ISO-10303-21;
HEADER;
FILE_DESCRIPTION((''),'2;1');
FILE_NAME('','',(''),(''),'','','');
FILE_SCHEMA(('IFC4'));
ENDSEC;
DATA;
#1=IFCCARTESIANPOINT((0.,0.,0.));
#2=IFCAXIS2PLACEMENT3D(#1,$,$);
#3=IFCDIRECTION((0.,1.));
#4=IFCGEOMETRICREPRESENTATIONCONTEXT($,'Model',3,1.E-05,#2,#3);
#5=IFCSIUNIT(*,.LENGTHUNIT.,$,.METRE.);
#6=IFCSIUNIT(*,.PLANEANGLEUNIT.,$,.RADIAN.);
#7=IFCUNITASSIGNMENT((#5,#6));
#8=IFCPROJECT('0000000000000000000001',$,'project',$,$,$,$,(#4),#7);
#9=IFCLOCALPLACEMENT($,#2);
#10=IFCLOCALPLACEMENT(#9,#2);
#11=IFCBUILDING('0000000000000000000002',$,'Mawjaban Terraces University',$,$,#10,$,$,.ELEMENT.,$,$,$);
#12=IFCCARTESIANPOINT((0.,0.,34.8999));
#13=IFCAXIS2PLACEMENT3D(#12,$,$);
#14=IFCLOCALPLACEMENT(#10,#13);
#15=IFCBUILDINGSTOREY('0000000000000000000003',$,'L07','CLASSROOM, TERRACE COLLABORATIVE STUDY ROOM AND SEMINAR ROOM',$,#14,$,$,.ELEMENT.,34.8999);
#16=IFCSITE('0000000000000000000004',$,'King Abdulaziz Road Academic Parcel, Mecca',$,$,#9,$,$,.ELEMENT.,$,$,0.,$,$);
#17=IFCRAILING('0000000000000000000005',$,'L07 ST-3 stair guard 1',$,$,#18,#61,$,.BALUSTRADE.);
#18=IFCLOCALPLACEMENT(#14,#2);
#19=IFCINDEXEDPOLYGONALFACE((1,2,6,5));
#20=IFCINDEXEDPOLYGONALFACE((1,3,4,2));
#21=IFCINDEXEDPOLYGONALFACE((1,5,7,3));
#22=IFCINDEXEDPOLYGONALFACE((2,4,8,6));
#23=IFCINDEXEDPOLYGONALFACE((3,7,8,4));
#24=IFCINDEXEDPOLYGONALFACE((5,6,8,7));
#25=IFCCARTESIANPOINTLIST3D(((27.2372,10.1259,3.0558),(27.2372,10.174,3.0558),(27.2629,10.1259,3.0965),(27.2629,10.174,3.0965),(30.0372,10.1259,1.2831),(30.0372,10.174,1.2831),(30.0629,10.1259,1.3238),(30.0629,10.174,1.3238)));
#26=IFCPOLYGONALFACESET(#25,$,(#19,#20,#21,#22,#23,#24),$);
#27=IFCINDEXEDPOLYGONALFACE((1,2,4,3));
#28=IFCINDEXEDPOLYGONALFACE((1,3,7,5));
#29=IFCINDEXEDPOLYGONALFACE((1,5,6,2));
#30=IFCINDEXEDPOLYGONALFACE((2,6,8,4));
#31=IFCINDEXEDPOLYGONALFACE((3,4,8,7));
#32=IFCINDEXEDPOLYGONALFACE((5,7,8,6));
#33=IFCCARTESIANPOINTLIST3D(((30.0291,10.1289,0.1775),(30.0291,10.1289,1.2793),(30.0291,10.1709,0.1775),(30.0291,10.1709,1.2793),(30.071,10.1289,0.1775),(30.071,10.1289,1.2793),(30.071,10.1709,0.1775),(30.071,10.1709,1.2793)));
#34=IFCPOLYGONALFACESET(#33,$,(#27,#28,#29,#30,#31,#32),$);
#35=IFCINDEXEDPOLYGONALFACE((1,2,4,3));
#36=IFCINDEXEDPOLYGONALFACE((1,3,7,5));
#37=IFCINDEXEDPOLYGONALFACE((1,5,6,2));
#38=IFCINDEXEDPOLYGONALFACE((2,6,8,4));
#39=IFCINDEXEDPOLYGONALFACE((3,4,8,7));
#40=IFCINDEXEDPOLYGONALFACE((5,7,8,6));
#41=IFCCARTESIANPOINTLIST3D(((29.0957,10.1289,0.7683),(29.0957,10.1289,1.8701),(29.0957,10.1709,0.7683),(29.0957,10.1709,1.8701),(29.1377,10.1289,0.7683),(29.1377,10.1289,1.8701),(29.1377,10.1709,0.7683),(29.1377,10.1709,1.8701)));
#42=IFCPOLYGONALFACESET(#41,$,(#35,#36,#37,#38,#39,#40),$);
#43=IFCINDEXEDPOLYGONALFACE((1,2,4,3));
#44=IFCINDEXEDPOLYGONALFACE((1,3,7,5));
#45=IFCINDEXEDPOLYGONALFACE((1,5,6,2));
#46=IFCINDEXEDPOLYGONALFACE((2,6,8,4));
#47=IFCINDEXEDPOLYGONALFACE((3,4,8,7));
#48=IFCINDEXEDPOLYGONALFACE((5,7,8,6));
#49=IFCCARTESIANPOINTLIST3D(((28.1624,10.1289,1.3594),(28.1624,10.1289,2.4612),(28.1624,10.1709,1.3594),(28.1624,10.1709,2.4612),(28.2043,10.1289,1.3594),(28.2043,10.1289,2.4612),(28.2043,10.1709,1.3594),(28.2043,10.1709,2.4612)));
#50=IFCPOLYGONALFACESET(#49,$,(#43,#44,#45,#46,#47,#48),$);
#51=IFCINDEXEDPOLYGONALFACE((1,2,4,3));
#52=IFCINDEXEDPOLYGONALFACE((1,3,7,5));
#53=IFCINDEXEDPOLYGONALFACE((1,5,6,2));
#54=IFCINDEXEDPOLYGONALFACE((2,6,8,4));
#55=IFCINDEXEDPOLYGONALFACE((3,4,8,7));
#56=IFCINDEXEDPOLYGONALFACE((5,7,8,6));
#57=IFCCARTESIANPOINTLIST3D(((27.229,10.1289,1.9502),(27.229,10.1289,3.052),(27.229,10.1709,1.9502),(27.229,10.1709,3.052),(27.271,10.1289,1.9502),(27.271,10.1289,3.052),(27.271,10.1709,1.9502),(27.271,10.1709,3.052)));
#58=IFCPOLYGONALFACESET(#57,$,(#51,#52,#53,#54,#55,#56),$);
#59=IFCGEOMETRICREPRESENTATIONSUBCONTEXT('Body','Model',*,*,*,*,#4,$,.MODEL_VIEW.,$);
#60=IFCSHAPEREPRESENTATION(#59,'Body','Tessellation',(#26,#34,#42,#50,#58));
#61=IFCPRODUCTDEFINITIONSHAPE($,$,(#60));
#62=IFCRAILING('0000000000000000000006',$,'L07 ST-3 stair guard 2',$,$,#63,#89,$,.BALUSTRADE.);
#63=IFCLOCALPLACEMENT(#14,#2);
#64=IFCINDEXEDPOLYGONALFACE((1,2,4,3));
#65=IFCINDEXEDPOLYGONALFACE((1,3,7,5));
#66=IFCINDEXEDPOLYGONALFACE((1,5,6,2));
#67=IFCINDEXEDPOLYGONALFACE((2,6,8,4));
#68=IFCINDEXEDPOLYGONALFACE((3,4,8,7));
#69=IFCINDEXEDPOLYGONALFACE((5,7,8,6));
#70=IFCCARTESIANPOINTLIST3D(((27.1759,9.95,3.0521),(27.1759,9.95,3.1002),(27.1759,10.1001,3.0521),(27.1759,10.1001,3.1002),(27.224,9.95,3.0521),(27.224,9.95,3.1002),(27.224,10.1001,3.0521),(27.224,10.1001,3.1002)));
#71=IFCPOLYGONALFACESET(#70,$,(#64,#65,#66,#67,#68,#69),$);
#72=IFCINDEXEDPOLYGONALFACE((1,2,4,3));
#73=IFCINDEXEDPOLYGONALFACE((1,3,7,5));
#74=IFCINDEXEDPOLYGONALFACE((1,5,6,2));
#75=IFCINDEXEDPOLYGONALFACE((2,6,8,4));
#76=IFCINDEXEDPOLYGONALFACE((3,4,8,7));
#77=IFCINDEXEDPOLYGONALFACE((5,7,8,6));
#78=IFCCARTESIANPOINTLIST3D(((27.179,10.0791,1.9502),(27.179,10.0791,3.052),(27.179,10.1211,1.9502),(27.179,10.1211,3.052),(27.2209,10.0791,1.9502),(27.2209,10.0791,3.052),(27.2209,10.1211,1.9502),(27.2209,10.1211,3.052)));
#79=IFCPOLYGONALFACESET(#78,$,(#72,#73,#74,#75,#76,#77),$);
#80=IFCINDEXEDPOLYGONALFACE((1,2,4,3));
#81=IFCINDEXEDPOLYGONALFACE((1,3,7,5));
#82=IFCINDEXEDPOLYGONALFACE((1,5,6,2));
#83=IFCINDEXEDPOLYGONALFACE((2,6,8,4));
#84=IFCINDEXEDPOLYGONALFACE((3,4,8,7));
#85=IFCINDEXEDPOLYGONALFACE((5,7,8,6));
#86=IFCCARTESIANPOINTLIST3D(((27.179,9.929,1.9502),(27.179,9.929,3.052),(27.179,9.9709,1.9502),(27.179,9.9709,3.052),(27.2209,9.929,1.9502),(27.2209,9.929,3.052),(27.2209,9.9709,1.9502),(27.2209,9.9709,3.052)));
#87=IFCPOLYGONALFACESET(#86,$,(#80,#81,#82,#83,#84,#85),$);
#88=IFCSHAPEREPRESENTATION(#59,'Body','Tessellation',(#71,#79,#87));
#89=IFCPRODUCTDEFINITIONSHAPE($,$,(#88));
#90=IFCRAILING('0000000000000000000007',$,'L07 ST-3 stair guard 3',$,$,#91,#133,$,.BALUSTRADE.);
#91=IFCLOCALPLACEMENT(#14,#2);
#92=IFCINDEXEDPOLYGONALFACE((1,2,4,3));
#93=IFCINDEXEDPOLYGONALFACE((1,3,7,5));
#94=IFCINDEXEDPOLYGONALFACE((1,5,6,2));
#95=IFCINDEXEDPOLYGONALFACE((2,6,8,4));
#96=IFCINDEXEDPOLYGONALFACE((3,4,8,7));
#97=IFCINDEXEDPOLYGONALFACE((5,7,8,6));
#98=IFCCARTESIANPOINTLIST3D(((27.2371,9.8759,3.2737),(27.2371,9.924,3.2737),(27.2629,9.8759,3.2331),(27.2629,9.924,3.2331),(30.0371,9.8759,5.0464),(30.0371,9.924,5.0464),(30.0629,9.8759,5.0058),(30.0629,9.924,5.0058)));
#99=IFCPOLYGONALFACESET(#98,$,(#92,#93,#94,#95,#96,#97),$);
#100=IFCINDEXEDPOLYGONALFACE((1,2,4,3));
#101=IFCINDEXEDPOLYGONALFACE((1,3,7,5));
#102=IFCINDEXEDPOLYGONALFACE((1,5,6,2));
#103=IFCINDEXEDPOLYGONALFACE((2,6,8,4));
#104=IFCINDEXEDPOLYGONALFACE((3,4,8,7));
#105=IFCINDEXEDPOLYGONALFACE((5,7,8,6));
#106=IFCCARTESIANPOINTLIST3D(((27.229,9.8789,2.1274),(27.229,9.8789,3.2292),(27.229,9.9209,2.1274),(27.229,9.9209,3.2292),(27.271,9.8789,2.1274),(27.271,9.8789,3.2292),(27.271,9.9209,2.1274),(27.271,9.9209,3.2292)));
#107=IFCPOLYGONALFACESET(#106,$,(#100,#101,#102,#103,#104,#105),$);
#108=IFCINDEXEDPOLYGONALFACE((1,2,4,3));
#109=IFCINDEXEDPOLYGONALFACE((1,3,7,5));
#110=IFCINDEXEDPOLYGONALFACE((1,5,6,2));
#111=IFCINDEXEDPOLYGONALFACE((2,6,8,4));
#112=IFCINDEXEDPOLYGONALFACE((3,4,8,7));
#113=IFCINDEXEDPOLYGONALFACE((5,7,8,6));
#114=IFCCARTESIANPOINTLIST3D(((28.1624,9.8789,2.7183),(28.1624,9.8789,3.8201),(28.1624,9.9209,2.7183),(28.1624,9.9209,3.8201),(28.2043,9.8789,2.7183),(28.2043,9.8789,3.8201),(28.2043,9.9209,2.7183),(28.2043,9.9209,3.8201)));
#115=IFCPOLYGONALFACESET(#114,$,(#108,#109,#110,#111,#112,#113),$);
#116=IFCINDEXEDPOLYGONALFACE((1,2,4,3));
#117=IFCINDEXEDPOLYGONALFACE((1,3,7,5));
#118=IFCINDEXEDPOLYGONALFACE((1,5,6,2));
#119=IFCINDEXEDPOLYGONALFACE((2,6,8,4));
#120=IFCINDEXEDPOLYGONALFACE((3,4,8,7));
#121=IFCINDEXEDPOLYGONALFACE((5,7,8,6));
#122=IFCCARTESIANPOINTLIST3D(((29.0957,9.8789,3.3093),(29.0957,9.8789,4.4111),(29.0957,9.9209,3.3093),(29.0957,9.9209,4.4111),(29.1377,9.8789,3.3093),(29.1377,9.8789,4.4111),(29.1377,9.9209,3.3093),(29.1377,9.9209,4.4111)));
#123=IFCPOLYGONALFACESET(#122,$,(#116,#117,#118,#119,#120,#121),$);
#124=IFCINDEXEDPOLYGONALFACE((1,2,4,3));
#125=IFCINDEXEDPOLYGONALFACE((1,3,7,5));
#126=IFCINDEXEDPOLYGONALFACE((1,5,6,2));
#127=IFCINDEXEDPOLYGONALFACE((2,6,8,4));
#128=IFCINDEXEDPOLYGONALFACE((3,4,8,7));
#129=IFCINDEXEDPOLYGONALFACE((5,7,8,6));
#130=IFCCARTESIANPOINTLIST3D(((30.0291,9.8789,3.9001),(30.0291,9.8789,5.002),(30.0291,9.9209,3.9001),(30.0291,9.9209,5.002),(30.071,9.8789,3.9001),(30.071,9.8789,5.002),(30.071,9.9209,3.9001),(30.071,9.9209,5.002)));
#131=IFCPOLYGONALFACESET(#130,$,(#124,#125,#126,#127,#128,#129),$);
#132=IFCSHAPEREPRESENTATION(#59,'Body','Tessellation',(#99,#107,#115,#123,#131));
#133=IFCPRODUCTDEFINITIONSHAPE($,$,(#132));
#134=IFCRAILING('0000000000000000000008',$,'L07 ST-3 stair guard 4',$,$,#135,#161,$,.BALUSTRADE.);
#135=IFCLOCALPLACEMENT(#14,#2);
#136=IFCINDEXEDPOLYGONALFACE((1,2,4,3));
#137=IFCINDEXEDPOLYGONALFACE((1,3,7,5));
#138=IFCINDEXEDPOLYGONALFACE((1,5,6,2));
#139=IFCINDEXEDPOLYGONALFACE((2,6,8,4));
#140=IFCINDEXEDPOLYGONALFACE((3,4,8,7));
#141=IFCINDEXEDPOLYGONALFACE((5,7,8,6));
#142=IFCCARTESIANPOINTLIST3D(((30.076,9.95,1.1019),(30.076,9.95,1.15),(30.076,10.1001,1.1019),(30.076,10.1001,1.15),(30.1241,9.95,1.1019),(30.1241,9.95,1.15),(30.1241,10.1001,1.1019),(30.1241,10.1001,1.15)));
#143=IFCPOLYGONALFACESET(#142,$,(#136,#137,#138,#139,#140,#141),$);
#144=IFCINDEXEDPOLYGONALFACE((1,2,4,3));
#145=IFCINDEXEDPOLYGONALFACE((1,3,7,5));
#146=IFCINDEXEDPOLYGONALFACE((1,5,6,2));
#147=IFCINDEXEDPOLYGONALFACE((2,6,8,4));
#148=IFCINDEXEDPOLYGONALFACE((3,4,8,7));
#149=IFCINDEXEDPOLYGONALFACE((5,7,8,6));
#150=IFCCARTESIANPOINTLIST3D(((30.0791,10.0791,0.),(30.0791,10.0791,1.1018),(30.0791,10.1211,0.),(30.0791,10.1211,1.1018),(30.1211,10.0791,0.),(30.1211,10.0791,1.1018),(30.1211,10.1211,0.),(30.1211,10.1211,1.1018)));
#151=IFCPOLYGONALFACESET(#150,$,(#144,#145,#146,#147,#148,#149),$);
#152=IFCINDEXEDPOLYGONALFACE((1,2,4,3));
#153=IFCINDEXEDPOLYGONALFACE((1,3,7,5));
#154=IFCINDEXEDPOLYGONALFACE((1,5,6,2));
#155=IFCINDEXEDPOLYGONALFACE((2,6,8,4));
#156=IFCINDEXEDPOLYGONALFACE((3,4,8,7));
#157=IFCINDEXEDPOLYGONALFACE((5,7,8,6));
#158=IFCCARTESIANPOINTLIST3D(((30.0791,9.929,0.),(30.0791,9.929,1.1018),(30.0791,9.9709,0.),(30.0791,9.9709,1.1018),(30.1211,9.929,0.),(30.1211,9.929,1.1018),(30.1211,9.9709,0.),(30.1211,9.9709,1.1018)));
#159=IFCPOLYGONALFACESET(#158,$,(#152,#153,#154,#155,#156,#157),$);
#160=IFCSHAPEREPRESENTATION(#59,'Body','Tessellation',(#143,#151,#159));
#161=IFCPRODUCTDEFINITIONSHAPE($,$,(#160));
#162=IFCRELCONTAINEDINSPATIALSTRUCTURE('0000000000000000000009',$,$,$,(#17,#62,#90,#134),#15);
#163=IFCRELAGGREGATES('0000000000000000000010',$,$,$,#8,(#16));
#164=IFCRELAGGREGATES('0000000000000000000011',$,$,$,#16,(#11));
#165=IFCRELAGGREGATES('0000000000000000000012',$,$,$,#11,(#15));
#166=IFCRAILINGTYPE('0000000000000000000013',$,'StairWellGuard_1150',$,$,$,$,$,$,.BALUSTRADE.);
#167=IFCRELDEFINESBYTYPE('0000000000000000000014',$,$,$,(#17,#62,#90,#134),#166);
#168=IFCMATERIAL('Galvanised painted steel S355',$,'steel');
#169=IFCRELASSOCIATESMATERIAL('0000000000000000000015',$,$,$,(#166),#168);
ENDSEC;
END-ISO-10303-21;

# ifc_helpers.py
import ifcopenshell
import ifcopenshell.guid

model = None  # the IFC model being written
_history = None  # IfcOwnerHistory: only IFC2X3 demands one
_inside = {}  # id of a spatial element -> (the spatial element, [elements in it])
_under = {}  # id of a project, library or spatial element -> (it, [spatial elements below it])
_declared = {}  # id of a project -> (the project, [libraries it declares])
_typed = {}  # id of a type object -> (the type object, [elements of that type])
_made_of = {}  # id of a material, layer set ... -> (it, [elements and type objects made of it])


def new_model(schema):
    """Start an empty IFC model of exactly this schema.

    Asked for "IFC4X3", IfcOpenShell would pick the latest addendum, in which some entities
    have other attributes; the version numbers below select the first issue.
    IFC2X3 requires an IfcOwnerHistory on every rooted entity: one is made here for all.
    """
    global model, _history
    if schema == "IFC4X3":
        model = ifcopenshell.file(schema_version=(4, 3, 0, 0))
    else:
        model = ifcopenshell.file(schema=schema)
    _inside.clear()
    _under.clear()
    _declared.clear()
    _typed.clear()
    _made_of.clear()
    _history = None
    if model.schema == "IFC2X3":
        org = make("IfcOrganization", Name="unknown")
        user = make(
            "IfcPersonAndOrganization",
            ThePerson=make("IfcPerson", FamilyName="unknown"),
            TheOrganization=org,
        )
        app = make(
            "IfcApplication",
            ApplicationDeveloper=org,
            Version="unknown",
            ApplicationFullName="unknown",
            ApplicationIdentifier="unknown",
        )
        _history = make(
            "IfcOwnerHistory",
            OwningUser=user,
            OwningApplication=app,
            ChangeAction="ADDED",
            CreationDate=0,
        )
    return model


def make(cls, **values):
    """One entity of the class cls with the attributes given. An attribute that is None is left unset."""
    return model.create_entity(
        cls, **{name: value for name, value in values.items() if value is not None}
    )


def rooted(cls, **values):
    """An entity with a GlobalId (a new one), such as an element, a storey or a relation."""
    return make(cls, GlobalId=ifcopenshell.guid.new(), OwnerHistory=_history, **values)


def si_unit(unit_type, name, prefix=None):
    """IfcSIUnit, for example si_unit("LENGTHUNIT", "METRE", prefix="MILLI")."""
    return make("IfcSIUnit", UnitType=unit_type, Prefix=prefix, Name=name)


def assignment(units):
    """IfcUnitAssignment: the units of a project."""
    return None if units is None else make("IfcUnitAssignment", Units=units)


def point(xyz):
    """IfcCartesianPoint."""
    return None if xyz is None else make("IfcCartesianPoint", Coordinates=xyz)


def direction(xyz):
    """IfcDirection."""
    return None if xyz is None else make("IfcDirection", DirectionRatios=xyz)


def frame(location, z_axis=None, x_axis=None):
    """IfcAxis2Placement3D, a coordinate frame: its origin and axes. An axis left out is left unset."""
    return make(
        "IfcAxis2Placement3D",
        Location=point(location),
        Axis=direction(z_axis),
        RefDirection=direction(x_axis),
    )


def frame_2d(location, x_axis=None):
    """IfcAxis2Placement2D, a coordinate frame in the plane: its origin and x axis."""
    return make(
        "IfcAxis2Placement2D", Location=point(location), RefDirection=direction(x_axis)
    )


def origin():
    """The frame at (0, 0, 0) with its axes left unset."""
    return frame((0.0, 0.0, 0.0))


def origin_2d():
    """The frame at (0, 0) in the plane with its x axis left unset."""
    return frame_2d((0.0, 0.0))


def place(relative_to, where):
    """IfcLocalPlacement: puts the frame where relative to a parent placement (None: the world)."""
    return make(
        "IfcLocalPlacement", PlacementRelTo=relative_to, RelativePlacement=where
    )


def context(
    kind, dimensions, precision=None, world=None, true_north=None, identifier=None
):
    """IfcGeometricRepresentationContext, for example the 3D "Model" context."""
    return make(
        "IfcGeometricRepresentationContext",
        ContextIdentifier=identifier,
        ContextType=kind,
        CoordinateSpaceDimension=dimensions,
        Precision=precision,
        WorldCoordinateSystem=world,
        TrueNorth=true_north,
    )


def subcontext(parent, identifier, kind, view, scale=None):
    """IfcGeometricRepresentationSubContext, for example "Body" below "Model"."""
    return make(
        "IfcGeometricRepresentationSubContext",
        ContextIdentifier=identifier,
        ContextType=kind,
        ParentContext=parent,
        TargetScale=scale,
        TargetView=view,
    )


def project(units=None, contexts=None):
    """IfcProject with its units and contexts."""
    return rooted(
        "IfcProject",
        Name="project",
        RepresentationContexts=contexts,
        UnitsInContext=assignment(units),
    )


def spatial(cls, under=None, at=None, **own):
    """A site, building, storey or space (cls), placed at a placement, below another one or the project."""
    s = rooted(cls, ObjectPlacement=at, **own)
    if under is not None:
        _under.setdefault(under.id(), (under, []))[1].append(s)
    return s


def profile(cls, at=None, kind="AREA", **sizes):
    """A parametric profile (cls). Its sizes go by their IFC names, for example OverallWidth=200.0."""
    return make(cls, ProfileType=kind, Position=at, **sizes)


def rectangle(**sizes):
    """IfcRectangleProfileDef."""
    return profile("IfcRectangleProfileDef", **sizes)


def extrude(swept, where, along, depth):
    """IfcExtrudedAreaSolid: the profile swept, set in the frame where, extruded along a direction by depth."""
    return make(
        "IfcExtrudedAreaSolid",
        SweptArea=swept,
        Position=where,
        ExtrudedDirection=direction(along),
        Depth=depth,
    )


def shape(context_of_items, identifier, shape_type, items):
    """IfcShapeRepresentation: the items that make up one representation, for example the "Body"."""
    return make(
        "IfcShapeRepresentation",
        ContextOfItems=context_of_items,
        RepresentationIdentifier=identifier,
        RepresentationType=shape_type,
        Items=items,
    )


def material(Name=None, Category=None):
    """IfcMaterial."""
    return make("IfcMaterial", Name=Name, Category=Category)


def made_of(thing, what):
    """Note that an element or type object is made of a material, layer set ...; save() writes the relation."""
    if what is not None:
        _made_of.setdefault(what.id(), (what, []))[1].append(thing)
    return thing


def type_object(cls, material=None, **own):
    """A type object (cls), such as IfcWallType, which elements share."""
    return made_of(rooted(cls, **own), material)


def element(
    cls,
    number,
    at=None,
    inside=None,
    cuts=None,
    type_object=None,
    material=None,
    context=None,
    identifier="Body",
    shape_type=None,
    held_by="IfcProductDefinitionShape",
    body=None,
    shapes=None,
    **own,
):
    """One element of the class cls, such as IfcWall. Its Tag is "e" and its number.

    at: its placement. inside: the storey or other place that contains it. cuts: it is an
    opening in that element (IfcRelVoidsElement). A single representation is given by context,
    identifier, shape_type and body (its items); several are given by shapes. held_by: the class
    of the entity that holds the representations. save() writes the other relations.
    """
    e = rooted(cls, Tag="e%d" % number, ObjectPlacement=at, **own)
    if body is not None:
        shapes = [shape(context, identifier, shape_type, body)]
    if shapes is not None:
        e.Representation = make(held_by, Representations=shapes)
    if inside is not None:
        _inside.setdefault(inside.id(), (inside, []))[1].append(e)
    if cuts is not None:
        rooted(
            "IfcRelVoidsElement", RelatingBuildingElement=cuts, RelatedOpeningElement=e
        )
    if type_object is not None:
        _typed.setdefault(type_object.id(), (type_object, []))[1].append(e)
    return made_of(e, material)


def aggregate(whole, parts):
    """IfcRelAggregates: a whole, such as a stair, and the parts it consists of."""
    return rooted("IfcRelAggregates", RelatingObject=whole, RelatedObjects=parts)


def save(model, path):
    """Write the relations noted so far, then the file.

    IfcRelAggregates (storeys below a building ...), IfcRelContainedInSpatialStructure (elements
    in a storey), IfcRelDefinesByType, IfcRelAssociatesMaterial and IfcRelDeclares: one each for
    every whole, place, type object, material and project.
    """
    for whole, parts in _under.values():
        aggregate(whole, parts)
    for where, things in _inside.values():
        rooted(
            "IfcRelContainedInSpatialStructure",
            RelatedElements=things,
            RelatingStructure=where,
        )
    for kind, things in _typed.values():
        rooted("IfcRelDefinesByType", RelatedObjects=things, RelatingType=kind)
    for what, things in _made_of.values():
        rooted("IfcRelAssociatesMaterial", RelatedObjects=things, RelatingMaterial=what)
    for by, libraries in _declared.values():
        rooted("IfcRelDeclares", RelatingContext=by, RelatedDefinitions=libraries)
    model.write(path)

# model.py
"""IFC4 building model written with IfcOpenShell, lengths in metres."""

from ifc_helpers import new_model, si_unit, direction, frame, origin, origin_2d, place, context, subcontext, project, spatial, rectangle, extrude, material, type_object, element, save


model = new_model("IFC4")

# Units and contexts
model_context = context("Model", 3, precision=1e-05, world=origin(), true_north=direction((0.0, 1.0)))
body_context = subcontext(model_context, "Body", "Model", "MODEL_VIEW")
ifc_project = project(units=[si_unit("LENGTHUNIT", "METRE"), si_unit("PLANEANGLEUNIT", "RADIAN")], contexts=[model_context])

# Site, building, storey
site_placement = place(None, origin())
site = spatial("IfcSite", under=ifc_project, at=site_placement, Name="King Abdulaziz Road Academic Parcel, Mecca", CompositionType="ELEMENT", RefElevation=0.0)
building_placement = place(site_placement, origin())
building = spatial("IfcBuilding", under=site, at=building_placement, Name="Mawjaban Terraces University", CompositionType="ELEMENT")
storey_placement = place(building_placement, frame((0.0, 0.0, 34.8999)))
storey = spatial("IfcBuildingStorey", under=building, at=storey_placement, Name="L07", Description="CLASSROOM, TERRACE COLLABORATIVE STUDY ROOM AND SEMINAR ROOM", CompositionType="ELEMENT", Elevation=34.8999)

# Railings
ifc_material_1 = material(Name="Galvanised painted steel S355", Category="steel")
railing_type_1 = type_object("IfcRailingType", Name="StairWellGuard_1150", PredefinedType="BALUSTRADE", material=ifc_material_1)
railing_1_placement = place(storey_placement, frame((30.05, 10.1499, 0.1775)))
element("IfcRailing", 1, at=railing_1_placement, inside=storey, type_object=railing_type_1, Name="L07 ST-3 stair guard 1", PredefinedType="BALUSTRADE", context=body_context, shape_type="SweptSolid", body=[
    extrude(rectangle(XDim=0.0481, YDim=0.0481, at=origin_2d()), frame((0.0, 0.0, 1.126), z_axis=(-0.844909, 0.0, 0.53491), x_axis=(0.0, -1.0, 0.0)), (0.0, 0.0, 1.0), 3.314),
    extrude(rectangle(XDim=0.042, YDim=0.042, at=origin_2d()), origin(), (0.0, 0.0, 1.0), 1.1018),
    extrude(rectangle(XDim=0.042, YDim=0.042, at=origin_2d()), frame((-0.9333, 0.0, 0.5908)), (0.0, 0.0, 1.0), 1.1018),
    extrude(rectangle(XDim=0.042, YDim=0.042, at=origin_2d()), frame((-1.8667, 0.0, 1.1819)), (0.0, 0.0, 1.0), 1.1018),
    extrude(rectangle(XDim=0.042, YDim=0.042, at=origin_2d()), frame((-2.8, 0.0, 1.7727)), (0.0, 0.0, 1.0), 1.1018),
])
railing_2_placement = place(storey_placement, frame((27.2, 10.1001, 1.9502)))
element("IfcRailing", 2, at=railing_2_placement, inside=storey, type_object=railing_type_1, Name="L07 ST-3 stair guard 2", PredefinedType="BALUSTRADE", context=body_context, shape_type="SweptSolid", body=[
    extrude(rectangle(XDim=0.0481, YDim=0.0481, at=origin_2d()), frame((0.0, 0.0, 1.126), z_axis=(0.0, -1.0, 0.0), x_axis=(1.0, 0.0, 0.0)), (0.0, 0.0, 1.0), 0.1501),
    extrude(rectangle(XDim=0.042, YDim=0.042, at=origin_2d()), origin(), (0.0, 0.0, 1.0), 1.1018),
    extrude(rectangle(XDim=0.042, YDim=0.042, at=origin_2d()), frame((0.0, -0.1501, 0.0)), (0.0, 0.0, 1.0), 1.1018),
])
railing_3_placement = place(storey_placement, frame((27.25, 9.8999, 2.1274)))
element("IfcRailing", 3, at=railing_3_placement, inside=storey, type_object=railing_type_1, Name="L07 ST-3 stair guard 3", PredefinedType="BALUSTRADE", context=body_context, shape_type="SweptSolid", body=[
    extrude(rectangle(XDim=0.0481, YDim=0.0481, at=origin_2d()), frame((0.0, 0.0, 1.126), z_axis=(0.844909, 0.0, 0.53491), x_axis=(0.0, 1.0, 0.0)), (0.0, 0.0, 1.0), 3.314),
    extrude(rectangle(XDim=0.042, YDim=0.042, at=origin_2d()), origin(), (0.0, 0.0, 1.0), 1.1018),
    extrude(rectangle(XDim=0.042, YDim=0.042, at=origin_2d()), frame((0.9333, 0.0, 0.5908)), (0.0, 0.0, 1.0), 1.1018),
    extrude(rectangle(XDim=0.042, YDim=0.042, at=origin_2d()), frame((1.8667, 0.0, 1.1819)), (0.0, 0.0, 1.0), 1.1018),
    extrude(rectangle(XDim=0.042, YDim=0.042, at=origin_2d()), frame((2.8, 0.0, 1.7727)), (0.0, 0.0, 1.0), 1.1018),
])
railing_4_placement = place(storey_placement, frame((30.1001, 10.1001, 0.0)))
element("IfcRailing", 4, at=railing_4_placement, inside=storey, type_object=railing_type_1, Name="L07 ST-3 stair guard 4", PredefinedType="BALUSTRADE", context=body_context, shape_type="SweptSolid", body=[
    extrude(rectangle(XDim=0.0481, YDim=0.0481, at=origin_2d()), frame((0.0, 0.0, 1.126), z_axis=(0.0, -1.0, 0.0), x_axis=(1.0, 0.0, 0.0)), (0.0, 0.0, 1.0), 0.1501),
    extrude(rectangle(XDim=0.042, YDim=0.042, at=origin_2d()), origin(), (0.0, 0.0, 1.0), 1.1018),
    extrude(rectangle(XDim=0.042, YDim=0.042, at=origin_2d()), frame((0.0, -0.1501, 0.0)), (0.0, 0.0, 1.0), 1.1018),
])

save(model, "model.ifc")
